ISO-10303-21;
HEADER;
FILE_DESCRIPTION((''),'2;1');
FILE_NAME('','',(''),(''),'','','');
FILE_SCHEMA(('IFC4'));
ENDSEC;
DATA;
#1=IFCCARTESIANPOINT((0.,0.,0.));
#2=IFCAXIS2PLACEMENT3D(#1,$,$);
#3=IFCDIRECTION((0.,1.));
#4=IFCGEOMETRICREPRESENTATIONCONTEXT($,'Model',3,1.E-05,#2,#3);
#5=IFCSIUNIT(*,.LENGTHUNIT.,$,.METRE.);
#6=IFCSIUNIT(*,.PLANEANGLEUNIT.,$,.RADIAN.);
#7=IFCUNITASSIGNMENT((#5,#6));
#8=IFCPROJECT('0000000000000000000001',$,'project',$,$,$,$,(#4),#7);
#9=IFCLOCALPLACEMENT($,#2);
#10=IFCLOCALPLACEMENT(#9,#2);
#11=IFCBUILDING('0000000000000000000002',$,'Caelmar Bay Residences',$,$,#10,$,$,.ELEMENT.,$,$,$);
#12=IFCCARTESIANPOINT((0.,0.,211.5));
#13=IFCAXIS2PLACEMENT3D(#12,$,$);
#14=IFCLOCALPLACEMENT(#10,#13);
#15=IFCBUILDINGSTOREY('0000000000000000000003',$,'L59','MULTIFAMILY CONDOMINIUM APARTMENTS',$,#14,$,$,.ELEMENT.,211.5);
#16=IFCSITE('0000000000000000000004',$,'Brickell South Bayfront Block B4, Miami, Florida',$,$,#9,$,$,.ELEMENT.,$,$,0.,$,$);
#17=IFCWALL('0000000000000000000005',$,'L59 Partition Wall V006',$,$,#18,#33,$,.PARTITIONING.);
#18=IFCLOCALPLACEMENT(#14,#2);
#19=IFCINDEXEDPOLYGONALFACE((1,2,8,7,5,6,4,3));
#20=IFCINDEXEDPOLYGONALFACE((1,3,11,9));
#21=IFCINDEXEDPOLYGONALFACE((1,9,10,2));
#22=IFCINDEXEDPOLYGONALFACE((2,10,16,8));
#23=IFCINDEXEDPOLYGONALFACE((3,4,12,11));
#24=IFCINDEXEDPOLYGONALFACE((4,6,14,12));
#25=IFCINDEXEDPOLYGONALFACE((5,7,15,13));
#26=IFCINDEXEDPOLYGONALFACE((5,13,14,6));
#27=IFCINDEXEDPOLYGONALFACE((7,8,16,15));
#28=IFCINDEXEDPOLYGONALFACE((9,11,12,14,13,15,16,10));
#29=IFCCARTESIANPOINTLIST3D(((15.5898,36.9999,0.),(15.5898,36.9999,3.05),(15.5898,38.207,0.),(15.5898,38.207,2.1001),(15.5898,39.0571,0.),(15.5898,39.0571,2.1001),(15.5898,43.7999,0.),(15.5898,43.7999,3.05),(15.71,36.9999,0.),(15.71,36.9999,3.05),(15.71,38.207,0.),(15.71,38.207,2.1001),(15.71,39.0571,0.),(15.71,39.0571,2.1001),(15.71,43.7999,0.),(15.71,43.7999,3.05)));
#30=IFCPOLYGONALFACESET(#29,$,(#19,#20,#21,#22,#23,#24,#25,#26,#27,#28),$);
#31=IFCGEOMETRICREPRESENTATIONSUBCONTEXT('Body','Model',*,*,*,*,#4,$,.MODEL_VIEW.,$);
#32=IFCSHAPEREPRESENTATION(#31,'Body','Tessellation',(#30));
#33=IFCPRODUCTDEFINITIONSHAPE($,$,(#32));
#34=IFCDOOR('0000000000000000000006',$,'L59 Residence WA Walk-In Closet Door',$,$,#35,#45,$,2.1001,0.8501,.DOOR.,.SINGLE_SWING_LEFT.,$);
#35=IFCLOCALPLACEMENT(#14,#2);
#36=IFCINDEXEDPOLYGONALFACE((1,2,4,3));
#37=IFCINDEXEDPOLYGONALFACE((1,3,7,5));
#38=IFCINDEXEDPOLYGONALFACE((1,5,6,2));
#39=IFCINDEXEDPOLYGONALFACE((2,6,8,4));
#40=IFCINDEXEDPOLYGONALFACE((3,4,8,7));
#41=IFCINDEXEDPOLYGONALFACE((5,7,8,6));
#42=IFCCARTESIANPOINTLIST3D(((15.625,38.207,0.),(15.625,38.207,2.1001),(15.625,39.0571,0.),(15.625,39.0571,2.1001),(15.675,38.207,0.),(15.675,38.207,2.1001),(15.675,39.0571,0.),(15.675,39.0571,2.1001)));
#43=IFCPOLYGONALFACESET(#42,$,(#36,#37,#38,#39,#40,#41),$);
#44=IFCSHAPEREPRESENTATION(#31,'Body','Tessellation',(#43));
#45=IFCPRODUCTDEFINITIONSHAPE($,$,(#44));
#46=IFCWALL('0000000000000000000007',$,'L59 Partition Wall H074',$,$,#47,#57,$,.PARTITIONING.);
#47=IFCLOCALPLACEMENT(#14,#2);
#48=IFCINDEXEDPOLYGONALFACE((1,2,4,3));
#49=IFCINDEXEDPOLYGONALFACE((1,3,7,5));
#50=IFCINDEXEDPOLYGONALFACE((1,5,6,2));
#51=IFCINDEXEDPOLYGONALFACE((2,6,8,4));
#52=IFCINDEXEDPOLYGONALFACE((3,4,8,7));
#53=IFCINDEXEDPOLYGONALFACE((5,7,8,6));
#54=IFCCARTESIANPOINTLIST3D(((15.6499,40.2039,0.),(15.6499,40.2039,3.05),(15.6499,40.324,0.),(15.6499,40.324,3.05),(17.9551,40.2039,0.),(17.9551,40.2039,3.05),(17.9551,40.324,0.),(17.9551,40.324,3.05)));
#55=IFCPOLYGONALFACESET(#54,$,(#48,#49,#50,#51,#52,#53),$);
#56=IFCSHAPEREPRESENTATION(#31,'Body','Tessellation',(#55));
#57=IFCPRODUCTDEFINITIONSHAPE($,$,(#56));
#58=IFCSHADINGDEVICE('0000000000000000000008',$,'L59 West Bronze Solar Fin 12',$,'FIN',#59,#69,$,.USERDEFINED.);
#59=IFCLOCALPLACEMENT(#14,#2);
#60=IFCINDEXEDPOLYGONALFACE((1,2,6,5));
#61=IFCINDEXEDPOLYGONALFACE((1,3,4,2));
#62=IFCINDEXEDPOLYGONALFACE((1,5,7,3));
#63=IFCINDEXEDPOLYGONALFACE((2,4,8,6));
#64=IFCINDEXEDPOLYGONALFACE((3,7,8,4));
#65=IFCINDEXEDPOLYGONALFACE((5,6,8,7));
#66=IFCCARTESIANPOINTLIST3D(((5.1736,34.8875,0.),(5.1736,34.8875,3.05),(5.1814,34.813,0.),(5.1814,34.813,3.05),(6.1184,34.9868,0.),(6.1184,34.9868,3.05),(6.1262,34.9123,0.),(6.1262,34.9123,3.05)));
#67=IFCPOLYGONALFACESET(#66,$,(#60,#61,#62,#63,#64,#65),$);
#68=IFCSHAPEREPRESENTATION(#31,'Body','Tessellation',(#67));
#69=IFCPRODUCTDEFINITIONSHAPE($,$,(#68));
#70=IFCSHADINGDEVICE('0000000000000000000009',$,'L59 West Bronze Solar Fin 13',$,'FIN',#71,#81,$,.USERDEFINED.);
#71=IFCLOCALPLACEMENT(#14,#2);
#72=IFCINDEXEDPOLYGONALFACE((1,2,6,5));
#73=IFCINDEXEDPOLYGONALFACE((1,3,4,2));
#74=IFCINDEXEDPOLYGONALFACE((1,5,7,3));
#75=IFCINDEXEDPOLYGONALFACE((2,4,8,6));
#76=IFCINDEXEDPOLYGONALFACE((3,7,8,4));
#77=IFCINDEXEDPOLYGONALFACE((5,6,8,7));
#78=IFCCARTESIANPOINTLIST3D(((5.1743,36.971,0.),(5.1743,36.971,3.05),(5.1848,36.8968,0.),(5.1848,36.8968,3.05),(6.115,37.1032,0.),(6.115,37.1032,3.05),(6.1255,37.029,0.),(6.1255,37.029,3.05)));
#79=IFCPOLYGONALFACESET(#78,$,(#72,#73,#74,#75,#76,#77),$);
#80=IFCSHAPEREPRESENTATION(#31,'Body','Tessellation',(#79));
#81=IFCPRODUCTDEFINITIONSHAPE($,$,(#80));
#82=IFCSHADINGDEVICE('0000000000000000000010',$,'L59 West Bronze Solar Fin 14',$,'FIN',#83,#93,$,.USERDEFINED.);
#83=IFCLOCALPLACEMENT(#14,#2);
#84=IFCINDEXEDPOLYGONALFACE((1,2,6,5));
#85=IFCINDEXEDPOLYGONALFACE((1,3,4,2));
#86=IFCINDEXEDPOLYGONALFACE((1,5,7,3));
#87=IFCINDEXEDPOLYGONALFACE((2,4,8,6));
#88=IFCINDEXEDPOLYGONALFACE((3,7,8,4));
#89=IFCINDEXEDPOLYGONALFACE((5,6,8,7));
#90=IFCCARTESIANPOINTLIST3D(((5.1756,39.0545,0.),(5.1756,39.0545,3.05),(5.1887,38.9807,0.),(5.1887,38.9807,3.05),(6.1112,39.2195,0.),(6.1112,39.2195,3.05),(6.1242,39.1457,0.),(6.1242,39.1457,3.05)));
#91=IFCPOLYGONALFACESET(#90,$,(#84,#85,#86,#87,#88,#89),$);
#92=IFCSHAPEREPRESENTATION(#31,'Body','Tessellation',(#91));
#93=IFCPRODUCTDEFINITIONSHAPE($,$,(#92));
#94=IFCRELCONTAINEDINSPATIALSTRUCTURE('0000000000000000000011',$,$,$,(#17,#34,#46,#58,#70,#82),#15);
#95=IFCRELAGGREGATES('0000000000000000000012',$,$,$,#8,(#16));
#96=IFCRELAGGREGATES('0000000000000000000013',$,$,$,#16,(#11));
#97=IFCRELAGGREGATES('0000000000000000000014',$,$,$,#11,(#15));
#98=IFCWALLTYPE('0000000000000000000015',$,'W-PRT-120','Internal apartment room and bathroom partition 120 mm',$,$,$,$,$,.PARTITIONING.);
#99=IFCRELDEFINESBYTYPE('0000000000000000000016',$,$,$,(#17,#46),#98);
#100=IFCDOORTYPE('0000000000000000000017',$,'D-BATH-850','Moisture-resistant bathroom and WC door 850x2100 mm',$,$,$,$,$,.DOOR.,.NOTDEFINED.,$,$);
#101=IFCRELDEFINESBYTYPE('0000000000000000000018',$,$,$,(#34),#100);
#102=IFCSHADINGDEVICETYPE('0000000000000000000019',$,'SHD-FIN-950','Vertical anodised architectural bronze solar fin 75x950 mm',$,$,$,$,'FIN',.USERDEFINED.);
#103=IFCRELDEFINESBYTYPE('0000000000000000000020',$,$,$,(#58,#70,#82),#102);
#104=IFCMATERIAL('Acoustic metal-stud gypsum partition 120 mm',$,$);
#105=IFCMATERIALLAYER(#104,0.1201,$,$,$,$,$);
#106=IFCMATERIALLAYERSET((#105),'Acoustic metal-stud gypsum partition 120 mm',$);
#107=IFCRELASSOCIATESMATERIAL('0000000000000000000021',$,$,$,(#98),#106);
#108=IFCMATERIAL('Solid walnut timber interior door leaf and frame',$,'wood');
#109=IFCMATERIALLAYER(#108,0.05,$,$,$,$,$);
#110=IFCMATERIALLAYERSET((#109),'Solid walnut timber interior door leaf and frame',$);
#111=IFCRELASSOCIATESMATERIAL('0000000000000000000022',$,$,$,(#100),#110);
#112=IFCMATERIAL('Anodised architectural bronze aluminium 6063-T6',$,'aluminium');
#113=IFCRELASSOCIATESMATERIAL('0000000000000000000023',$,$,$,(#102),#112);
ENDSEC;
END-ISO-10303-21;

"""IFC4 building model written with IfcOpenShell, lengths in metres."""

from ifc_helpers import new_model, si_unit, direction, frame, frame_2d, origin, origin_2d, place, context, subcontext, project, spatial, rectangle, extrude, material, layer, layer_set, material_profile, profile_set, type_object, element, fill, save


model = new_model("IFC4")

# Units and contexts
model_context = context("Model", 3, precision=1e-05, world=origin(), true_north=direction((0.0, 1.0)))
body_context = subcontext(model_context, "Body", "Model", "MODEL_VIEW")
ifc_project = project(units=[si_unit("LENGTHUNIT", "METRE"), si_unit("PLANEANGLEUNIT", "RADIAN")], contexts=[model_context])

# Site, building, storey
site_placement = place(None, origin())
site = spatial("IfcSite", under=ifc_project, at=site_placement, Name="Brickell South Bayfront Block B4, Miami, Florida", CompositionType="ELEMENT", RefElevation=0.0)
building_placement = place(site_placement, origin())
building = spatial("IfcBuilding", under=site, at=building_placement, Name="Caelmar Bay Residences", CompositionType="ELEMENT")
storey_placement = place(building_placement, frame((0.0, 0.0, 211.5)))
storey = spatial("IfcBuildingStorey", under=building, at=storey_placement, Name="L59", Description="MULTIFAMILY CONDOMINIUM APARTMENTS", CompositionType="ELEMENT", Elevation=211.5)

# Wall, opening, door
ifc_material_1 = material(Name="Solid walnut timber interior door leaf and frame", Category="wood")
ifc_material_2 = material(Name="Acoustic metal-stud gypsum partition 120 mm")
ifc_layer_1 = layer(ifc_material_2, 0.1201)
ifc_layer_set_1 = layer_set([ifc_layer_1], Name="Acoustic metal-stud gypsum partition 120 mm")
wall_type_1 = type_object("IfcWallType", Name="W-PRT-120", Description="Internal apartment room and bathroom partition 120 mm", PredefinedType="PARTITIONING", material=ifc_layer_set_1)
wall_1_placement = place(storey_placement, frame((15.6499, 37.0, 0.0), z_axis=(0.0, 0.0, 1.0), x_axis=(0.0, 1.0, 0.0)))
wall_1 = element("IfcWall", 1, at=wall_1_placement, inside=storey, type_object=wall_type_1, Name="L59 Partition Wall V006", PredefinedType="PARTITIONING", context=body_context, shape_type="SweptSolid", body=[
    extrude(rectangle(XDim=6.8, YDim=0.1201, at=frame_2d((3.3999, 0.0))), origin(), (0.0, 0.0, 1.0), 3.05),
])
opening_1_placement = place(wall_1_placement, frame((1.207, 0.0, 0.0)))
opening_1 = element("IfcOpeningElement", 2, at=opening_1_placement, cuts=wall_1, PredefinedType="OPENING", context=body_context, shape_type="SweptSolid", body=[
    extrude(rectangle(XDim=0.8501, YDim=2.1001, at=frame_2d((0.425, 1.05))), frame((0.0, 0.0701, 0.0), z_axis=(0.0, -1.0, 0.0), x_axis=(1.0, 0.0, 0.0)), (0.0, 0.0, 1.0), 0.1401),
])
ifc_layer_2 = layer(ifc_material_1, 0.05)
ifc_layer_set_2 = layer_set([ifc_layer_2], Name="Solid walnut timber interior door leaf and frame")
door_type_1 = type_object("IfcDoorType", Name="D-BATH-850", Description="Moisture-resistant bathroom and WC door 850x2100 mm", OperationType="NOTDEFINED", PredefinedType="DOOR", material=ifc_layer_set_2)
door_1_placement = place(opening_1_placement, origin())
door_1 = element("IfcDoor", 3, at=door_1_placement, inside=storey, type_object=door_type_1, Name="L59 Residence WA Walk-In Closet Door", OperationType="SINGLE_SWING_LEFT", OverallHeight=2.1001, OverallWidth=0.8501, PredefinedType="DOOR", context=body_context, shape_type="SweptSolid", body=[
    extrude(rectangle(XDim=0.8501, YDim=2.1001, at=frame_2d((0.425, 1.05))), frame((0.0, 0.0249, 0.0), z_axis=(0.0, -1.0, 0.0), x_axis=(1.0, 0.0, 0.0)), (0.0, 0.0, 1.0), 0.05),
])
fill(opening_1, door_1)

# Wall
wall_2_placement = place(storey_placement, frame((15.6499, 40.2639, 0.0), z_axis=(0.0, 0.0, 1.0), x_axis=(1.0, 0.0, 0.0)))
element("IfcWall", 4, at=wall_2_placement, inside=storey, type_object=wall_type_1, Name="L59 Partition Wall H074", PredefinedType="PARTITIONING", context=body_context, shape_type="SweptSolid", body=[
    extrude(rectangle(XDim=2.3052, YDim=0.1201, at=frame_2d((1.1526, 0.0))), origin(), (0.0, 0.0, 1.0), 3.05),
])

# Shading devices
ifc_material_3 = material(Name="Anodised architectural bronze aluminium 6063-T6", Category="aluminium")
ifc_material_profile = material_profile(ifc_material_3, rectangle(XDim=0.075, YDim=0.95, at=origin_2d()), Name="BRONZE-FIN-75X950")
ifc_profile_set = profile_set([ifc_material_profile], Name="Anodised architectural bronze aluminium 6063-T6")
shading_device_type = type_object("IfcShadingDeviceType", Name="SHD-FIN-950", Description="Vertical anodised architectural bronze solar fin 75x950 mm", ElementType="FIN", PredefinedType="USERDEFINED", material=ifc_profile_set)
for number, where, z_axis, x_axis, name in (
    (5, (5.6499, 34.8999, 0.0), (0.0, 0.0, 1.0), (-0.104528, 0.994522, 0.0), "L59 West Bronze Solar Fin 12"),
    (6, (5.6499, 37.0, 0.0), (0.0, 0.0, 1.0), (-0.139173, 0.990268, 0.0), "L59 West Bronze Solar Fin 13"),
    (7, (5.6499, 39.1001, 0.0), (0.0, 0.0, 1.0), (-0.173648, 0.984808, 0.0), "L59 West Bronze Solar Fin 14"),
):
    element("IfcShadingDevice", number, at=place(storey_placement, frame(where, z_axis=z_axis, x_axis=x_axis)), inside=storey, type_object=shading_device_type, Name=name, ObjectType="FIN", PredefinedType="USERDEFINED", context=body_context, shape_type="SweptSolid", body=[
        extrude(rectangle(XDim=0.075, YDim=0.95, at=origin_2d()), origin(), (0.0, 0.0, 1.0), 3.05),
    ])

save(model, "model.ifc")
